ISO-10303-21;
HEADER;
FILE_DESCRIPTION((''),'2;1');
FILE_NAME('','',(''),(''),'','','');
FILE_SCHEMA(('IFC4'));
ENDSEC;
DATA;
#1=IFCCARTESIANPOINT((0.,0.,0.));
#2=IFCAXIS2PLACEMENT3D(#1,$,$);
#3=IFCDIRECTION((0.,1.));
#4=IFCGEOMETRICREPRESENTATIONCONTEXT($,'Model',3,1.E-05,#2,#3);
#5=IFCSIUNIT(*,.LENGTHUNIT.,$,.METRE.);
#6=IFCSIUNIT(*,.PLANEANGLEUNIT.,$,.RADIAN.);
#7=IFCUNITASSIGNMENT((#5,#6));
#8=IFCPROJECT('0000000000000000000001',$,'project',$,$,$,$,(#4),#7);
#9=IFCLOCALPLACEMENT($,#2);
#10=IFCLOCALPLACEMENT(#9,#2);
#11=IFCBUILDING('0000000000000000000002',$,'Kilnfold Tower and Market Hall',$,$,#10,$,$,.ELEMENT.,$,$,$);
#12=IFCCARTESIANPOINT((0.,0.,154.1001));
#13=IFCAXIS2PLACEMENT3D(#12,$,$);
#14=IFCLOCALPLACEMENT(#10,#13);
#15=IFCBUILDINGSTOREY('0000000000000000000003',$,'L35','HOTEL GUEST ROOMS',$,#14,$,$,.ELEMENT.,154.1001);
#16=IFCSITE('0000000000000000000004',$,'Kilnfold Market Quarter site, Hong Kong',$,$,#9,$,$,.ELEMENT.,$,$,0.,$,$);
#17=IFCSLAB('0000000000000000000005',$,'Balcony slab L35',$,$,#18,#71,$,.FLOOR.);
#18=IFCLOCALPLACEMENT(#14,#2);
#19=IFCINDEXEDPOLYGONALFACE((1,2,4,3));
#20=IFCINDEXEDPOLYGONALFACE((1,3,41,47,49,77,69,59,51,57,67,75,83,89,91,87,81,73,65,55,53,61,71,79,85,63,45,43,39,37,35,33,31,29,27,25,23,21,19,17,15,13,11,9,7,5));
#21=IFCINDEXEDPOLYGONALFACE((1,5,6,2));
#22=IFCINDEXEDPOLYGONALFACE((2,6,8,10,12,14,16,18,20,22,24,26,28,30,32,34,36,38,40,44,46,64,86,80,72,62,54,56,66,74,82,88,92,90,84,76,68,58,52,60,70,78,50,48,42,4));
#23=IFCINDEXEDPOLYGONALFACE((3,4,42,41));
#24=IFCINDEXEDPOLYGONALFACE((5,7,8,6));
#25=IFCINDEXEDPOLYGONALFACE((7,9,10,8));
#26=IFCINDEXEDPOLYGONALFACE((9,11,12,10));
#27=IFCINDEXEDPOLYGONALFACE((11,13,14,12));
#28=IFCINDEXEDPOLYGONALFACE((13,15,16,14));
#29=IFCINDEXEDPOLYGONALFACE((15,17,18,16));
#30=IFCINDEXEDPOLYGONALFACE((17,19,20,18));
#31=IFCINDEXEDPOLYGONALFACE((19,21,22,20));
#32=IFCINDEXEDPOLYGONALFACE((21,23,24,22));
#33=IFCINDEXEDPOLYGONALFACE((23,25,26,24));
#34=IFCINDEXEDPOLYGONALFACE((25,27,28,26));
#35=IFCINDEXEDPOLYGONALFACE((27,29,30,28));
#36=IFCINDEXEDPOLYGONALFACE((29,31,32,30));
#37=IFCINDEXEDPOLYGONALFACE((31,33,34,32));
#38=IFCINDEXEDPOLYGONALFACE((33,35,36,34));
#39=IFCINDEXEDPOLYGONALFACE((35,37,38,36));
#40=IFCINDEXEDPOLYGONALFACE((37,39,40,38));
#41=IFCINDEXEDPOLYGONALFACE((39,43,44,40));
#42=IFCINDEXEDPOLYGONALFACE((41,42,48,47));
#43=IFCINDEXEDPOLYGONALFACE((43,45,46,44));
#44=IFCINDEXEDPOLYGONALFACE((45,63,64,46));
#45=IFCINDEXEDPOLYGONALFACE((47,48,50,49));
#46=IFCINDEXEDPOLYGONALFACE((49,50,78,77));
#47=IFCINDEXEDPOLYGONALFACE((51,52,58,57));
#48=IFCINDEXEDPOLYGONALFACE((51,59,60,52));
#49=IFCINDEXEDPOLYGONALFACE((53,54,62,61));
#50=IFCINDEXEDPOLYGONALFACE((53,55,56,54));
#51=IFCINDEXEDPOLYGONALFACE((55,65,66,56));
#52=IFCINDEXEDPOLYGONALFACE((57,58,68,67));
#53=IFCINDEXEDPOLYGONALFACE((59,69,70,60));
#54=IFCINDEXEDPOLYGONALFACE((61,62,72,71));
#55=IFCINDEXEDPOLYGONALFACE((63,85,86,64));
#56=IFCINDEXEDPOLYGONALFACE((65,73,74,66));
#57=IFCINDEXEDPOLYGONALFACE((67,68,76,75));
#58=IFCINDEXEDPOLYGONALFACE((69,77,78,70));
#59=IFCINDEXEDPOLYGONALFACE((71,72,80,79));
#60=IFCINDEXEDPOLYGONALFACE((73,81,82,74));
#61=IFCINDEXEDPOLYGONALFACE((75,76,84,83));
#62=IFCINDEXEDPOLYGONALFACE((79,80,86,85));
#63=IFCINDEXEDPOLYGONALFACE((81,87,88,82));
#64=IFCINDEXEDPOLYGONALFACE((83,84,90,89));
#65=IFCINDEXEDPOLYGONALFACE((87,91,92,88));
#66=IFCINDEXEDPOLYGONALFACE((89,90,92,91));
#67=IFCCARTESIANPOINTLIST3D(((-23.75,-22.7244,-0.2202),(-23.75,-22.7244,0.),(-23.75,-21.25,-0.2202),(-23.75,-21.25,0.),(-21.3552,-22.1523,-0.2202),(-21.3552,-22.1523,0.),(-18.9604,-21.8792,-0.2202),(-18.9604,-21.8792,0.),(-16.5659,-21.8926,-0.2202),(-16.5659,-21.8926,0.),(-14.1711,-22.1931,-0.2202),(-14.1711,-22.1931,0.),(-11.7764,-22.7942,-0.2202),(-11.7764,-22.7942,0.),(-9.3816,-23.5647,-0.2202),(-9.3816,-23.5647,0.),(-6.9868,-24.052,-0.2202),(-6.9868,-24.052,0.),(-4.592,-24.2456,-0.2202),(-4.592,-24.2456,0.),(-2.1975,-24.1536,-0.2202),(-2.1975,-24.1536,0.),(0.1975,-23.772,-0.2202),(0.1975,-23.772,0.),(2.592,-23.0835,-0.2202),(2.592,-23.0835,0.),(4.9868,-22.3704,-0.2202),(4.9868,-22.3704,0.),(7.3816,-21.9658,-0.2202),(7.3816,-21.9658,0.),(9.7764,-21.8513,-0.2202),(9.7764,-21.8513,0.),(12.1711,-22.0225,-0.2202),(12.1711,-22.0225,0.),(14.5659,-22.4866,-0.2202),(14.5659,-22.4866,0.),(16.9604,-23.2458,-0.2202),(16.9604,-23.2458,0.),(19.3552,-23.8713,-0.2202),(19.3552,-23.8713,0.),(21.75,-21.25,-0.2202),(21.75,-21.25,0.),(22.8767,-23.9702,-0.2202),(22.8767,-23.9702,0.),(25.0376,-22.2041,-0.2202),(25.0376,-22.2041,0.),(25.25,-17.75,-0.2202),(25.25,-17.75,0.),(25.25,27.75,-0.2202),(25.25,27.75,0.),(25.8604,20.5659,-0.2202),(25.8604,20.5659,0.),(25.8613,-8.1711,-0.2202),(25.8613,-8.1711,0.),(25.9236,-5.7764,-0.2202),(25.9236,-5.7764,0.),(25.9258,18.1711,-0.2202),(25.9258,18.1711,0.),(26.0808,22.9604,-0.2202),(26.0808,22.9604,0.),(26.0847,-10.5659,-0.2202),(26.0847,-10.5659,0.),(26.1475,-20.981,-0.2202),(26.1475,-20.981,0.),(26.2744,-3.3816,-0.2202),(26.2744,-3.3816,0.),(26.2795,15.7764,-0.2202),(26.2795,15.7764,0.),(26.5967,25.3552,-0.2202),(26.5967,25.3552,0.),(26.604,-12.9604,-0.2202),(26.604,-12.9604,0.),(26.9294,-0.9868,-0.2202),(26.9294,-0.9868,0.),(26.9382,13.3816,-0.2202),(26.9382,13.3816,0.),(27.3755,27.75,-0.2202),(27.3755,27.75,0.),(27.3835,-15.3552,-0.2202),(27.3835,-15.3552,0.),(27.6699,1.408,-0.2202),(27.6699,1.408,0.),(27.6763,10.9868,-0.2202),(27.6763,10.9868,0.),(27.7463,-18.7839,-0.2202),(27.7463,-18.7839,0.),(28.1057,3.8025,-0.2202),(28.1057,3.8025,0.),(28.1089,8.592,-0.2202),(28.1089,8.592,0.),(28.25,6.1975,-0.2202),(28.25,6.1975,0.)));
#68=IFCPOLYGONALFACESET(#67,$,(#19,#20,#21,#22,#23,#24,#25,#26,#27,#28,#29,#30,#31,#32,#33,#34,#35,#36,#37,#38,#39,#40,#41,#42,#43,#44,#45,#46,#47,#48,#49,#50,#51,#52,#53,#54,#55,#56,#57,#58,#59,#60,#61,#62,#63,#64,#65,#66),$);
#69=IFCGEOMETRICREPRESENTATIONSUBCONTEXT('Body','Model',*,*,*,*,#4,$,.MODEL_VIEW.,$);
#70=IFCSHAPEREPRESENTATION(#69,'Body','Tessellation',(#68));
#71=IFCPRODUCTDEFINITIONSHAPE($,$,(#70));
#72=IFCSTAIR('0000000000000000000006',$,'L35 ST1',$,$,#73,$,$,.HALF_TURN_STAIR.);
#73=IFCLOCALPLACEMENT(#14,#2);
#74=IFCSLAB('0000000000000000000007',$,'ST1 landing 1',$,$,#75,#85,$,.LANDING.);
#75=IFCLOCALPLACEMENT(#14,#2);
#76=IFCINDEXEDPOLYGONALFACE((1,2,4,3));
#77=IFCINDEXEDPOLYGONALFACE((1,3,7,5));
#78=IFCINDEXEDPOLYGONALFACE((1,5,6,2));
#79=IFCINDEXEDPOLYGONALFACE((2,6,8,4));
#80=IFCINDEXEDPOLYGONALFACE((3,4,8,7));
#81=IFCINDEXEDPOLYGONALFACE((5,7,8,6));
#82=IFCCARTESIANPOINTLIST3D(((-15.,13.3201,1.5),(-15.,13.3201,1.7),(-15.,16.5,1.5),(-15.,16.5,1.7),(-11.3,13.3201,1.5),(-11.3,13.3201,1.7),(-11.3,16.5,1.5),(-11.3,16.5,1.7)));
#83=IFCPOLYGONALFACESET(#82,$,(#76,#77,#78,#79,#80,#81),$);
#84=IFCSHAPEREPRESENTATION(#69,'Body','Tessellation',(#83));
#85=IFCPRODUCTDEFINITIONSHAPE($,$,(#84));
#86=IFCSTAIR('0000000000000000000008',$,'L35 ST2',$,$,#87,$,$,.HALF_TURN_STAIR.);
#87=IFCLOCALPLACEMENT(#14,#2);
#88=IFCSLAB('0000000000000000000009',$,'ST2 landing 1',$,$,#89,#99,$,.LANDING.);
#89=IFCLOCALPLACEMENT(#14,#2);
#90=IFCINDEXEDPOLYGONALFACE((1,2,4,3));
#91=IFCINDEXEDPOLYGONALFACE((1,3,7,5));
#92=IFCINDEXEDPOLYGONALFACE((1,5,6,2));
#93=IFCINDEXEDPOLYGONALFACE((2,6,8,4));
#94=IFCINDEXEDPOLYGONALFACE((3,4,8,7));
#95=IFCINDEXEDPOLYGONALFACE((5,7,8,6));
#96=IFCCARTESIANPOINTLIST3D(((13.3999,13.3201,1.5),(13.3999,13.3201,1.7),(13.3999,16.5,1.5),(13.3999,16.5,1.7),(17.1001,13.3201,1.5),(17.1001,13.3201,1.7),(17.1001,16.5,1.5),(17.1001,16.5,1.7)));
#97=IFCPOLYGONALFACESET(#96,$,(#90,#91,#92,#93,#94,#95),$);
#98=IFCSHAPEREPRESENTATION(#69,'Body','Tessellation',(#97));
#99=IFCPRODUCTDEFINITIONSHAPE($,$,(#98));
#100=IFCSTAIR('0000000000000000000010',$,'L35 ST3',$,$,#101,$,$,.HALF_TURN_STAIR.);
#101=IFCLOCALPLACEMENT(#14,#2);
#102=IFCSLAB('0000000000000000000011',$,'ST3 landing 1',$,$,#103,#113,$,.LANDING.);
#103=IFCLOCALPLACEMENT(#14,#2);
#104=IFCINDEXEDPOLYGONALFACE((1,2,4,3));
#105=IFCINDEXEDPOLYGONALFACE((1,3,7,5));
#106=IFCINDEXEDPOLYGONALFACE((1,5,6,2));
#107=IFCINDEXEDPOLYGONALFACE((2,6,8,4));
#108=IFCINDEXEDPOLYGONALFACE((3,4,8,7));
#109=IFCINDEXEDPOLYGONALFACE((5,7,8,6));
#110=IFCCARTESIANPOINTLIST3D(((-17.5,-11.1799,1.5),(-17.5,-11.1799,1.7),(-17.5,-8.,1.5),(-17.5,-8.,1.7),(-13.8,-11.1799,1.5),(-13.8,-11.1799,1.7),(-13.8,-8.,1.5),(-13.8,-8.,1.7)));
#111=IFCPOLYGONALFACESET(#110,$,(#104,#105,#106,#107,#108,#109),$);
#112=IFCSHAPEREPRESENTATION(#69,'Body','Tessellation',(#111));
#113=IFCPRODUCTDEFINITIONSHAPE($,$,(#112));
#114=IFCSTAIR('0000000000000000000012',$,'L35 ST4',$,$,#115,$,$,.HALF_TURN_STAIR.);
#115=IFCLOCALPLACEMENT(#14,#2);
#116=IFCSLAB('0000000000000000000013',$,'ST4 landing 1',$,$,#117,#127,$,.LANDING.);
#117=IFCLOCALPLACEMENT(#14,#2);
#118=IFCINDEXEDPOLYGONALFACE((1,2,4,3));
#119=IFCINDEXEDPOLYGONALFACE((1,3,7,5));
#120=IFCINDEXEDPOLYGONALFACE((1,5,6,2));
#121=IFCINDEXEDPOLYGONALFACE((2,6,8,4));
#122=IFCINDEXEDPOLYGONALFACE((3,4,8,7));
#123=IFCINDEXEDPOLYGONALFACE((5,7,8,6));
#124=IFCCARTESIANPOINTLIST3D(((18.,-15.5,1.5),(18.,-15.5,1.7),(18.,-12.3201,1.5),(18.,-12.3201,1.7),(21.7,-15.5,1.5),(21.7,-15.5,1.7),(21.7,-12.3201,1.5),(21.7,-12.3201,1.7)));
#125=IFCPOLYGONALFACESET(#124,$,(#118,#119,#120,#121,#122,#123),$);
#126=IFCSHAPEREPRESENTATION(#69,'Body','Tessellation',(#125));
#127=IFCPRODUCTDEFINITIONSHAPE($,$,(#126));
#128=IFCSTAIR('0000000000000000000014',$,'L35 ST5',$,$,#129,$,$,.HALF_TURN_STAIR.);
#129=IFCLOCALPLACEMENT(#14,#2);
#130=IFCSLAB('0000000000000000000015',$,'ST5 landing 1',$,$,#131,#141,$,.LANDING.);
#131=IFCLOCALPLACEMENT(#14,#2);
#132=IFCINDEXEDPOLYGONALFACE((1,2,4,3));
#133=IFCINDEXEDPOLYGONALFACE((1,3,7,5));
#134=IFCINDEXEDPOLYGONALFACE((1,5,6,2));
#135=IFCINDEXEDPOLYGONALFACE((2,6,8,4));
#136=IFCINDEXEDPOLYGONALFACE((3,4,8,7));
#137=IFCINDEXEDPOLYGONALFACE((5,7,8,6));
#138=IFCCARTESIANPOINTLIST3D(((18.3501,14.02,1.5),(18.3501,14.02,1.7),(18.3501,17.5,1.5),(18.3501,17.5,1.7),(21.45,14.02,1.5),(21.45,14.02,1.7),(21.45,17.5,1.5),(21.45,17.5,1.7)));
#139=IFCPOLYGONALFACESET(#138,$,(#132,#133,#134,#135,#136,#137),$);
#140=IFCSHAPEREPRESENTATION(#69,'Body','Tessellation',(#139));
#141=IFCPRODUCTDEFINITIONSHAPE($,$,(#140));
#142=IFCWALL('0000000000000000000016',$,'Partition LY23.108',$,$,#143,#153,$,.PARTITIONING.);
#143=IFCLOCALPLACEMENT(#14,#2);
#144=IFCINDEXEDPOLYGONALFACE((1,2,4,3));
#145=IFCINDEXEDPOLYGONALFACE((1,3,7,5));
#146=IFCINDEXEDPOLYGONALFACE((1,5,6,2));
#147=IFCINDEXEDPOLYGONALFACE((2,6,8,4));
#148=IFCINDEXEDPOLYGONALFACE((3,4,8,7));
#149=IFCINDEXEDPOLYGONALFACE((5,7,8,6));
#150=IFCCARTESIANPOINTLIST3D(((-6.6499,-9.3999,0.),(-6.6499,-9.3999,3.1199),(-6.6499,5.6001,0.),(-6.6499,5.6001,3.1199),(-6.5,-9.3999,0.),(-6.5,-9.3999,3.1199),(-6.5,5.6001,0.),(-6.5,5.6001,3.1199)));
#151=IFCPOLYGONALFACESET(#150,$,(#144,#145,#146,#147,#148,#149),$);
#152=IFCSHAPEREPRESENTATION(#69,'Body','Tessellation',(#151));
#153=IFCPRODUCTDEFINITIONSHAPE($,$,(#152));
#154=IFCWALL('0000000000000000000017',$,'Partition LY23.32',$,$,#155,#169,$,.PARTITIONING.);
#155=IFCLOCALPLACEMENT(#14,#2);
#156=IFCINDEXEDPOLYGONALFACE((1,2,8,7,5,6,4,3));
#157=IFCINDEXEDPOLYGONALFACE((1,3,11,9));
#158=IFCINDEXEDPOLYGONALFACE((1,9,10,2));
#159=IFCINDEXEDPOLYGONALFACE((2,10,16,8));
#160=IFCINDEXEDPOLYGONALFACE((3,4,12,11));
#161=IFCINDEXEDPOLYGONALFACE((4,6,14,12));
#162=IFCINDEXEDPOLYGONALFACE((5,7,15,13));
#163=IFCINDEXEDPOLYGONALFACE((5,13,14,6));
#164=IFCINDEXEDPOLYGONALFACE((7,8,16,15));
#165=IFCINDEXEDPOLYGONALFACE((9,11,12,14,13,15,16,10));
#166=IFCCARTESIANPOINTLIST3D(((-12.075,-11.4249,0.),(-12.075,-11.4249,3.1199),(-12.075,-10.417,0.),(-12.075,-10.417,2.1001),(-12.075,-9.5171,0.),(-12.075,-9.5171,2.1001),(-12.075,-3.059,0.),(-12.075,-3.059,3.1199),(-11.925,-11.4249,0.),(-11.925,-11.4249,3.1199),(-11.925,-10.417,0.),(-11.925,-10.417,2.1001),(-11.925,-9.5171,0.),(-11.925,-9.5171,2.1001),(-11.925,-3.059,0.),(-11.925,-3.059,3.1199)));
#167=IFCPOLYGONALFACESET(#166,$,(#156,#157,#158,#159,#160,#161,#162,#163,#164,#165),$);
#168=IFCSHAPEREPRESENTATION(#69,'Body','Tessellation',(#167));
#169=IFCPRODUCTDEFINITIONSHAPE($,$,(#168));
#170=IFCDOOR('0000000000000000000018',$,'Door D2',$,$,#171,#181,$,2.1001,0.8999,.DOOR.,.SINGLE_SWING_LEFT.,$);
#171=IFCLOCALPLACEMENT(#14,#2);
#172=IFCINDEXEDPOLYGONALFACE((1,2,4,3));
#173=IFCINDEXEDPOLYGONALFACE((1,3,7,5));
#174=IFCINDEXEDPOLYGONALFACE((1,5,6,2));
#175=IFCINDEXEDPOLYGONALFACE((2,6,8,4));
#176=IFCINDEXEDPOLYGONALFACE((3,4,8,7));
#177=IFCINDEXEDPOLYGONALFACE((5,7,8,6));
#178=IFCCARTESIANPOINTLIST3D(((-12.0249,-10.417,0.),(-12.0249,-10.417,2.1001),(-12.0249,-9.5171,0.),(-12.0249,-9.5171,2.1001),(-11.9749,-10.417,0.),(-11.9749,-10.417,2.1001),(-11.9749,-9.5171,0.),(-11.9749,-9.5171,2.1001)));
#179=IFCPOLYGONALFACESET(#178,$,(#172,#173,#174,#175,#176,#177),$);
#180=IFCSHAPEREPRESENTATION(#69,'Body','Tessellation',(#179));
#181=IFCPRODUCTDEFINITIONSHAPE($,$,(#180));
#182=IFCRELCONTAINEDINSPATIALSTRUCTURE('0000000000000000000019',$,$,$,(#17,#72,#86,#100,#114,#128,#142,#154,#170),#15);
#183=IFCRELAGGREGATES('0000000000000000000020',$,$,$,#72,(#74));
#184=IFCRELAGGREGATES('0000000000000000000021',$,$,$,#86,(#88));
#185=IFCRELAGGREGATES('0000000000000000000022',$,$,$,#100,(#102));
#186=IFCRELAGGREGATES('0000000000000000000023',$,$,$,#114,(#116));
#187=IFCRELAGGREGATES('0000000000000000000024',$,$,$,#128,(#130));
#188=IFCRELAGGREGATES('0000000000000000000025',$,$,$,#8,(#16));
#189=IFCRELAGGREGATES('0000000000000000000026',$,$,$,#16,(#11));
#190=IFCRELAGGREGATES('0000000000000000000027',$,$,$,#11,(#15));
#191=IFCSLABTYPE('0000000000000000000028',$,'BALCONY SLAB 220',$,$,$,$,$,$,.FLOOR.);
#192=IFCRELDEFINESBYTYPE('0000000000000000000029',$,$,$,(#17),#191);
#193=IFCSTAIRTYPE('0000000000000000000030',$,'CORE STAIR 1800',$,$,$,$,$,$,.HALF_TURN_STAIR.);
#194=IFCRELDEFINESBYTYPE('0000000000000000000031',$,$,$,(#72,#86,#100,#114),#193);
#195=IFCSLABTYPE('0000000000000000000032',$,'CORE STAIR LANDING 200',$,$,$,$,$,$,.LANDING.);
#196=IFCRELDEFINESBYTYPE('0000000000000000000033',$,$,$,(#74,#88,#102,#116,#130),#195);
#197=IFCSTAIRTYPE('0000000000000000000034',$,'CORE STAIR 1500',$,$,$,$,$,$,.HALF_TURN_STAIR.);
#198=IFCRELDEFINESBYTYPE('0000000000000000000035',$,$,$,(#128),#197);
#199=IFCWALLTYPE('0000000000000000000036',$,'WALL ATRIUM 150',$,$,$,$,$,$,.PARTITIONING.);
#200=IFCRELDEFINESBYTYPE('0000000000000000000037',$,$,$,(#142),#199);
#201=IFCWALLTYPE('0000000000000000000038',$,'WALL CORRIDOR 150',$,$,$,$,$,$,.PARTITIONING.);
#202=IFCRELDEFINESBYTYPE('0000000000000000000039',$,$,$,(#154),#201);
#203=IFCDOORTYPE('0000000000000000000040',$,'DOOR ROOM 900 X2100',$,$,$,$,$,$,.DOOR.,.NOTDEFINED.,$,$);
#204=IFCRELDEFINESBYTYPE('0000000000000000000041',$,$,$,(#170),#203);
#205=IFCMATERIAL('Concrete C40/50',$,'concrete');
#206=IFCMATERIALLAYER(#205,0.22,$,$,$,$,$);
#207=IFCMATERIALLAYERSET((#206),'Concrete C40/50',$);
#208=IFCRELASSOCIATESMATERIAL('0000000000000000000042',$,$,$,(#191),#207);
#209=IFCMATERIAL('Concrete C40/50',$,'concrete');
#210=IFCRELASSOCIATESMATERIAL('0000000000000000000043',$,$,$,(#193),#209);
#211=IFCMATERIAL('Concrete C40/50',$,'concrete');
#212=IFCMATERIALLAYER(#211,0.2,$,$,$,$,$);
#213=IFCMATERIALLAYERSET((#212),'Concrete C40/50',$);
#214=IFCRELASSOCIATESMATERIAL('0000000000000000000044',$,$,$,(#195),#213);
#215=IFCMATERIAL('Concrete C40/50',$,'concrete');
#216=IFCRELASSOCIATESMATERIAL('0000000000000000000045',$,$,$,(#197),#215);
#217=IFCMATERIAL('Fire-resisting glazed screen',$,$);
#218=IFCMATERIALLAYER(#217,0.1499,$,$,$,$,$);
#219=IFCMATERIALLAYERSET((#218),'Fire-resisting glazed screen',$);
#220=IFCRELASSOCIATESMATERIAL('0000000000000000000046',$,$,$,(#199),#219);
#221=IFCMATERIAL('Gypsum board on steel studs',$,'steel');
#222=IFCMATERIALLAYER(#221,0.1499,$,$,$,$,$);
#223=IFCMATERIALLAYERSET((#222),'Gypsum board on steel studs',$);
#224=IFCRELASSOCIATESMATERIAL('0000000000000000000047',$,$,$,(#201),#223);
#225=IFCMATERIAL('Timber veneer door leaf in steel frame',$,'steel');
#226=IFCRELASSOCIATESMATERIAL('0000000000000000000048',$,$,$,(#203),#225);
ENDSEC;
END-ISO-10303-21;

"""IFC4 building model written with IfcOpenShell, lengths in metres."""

from ifc_helpers import new_model, si_unit, direction, frame, frame_2d, origin, place, context, subcontext, project, spatial, polyline, rectangle, outline, extrude, source, transform, mapped, material, layer, layer_set, type_object, element, fill, aggregate, save


model = new_model("IFC4")

# Units and contexts
model_context = context("Model", 3, precision=1e-05, world=origin(), true_north=direction((0.0, 1.0)))
body_context = subcontext(model_context, "Body", "Model", "MODEL_VIEW")
ifc_project = project(units=[si_unit("LENGTHUNIT", "METRE"), si_unit("PLANEANGLEUNIT", "RADIAN")], contexts=[model_context])

# Site, building, storey
site_placement = place(None, origin())
site = spatial("IfcSite", under=ifc_project, at=site_placement, Name="Kilnfold Market Quarter site, Hong Kong", CompositionType="ELEMENT", RefElevation=0.0)
building_placement = place(site_placement, origin())
building = spatial("IfcBuilding", under=site, at=building_placement, Name="Kilnfold Tower and Market Hall", CompositionType="ELEMENT")
storey_placement = place(building_placement, frame((0.0, 0.0, 154.1001)))
storey = spatial("IfcBuildingStorey", under=building, at=storey_placement, Name="L35", Description="HOTEL GUEST ROOMS", CompositionType="ELEMENT", Elevation=154.1001)

# Slab
ifc_material_1 = material(Name="Concrete C40/50", Category="concrete")
ifc_layer_1 = layer(ifc_material_1, 0.22)
ifc_layer_set_1 = layer_set([ifc_layer_1], Name="Concrete C40/50")
slab_type_1 = type_object("IfcSlabType", Name="BALCONY SLAB 220", PredefinedType="FLOOR", material=ifc_layer_set_1)
shared_shape_1 = source(origin(), body_context, "Body", "SweptSolid", [
    extrude(outline(polyline([(-23.75, -21.25), (21.75, -21.25), (25.25, -17.75), (25.25, 27.75), (27.3755, 27.75), (26.5967, 25.3552), (26.0808, 22.9604), (25.8604, 20.5659), (25.9258, 18.1711), (26.2795, 15.7764), (26.9382, 13.3816), (27.6763, 10.9868), (28.1089, 8.592), (28.25, 6.1975), (28.1057, 3.8025), (27.6699, 1.408), (26.9294, -0.9868), (26.2744, -3.3816), (25.9236, -5.7764), (25.8613, -8.1711), (26.0847, -10.5659), (26.604, -12.9604), (27.3835, -15.3552), (27.7463, -18.7839), (26.1475, -20.981), (25.0376, -22.2041), (22.8767, -23.9702), (19.3552, -23.8713), (16.9604, -23.2458), (14.5659, -22.4866), (12.1711, -22.0225), (9.7764, -21.8513), (7.3816, -21.9658), (4.9868, -22.3704), (2.592, -23.0835), (0.1975, -23.772), (-2.1975, -24.1536), (-4.592, -24.2456), (-6.9868, -24.052), (-9.3816, -23.5647), (-11.7764, -22.7942), (-14.1711, -22.1931), (-16.5659, -21.8926), (-18.9604, -21.8792), (-21.3552, -22.1523), (-23.75, -22.7244), (-23.75, -21.25)])), origin(), (0.0, 0.0, 1.0), 0.2202),
])
slab_1_placement = place(storey_placement, frame((0.0, 0.0, -0.2202)))
element("IfcSlab", 1, at=slab_1_placement, inside=storey, type_object=slab_type_1, Name="Balcony slab L35", PredefinedType="FLOOR", context=body_context, shape_type="MappedRepresentation", body=[
    mapped(shared_shape_1, transform((0.0, 0.0, 0.0))),
])

# Stairs, slabs
ifc_material_2 = material(Name="Concrete C40/50", Category="concrete")
stair_type_1 = type_object("IfcStairType", Name="CORE STAIR 1800", PredefinedType="HALF_TURN_STAIR", material=ifc_material_2)
stair_1_placement = place(storey_placement, origin())
stair_1 = element("IfcStair", 2, at=stair_1_placement, inside=storey, type_object=stair_type_1, Name="L35 ST1", PredefinedType="HALF_TURN_STAIR")
ifc_material_3 = material(Name="Concrete C40/50", Category="concrete")
ifc_layer_2 = layer(ifc_material_3, 0.2)
ifc_layer_set_2 = layer_set([ifc_layer_2], Name="Concrete C40/50")
slab_type_2 = type_object("IfcSlabType", Name="CORE STAIR LANDING 200", PredefinedType="LANDING", material=ifc_layer_set_2)
shared_shape_2 = source(origin(), body_context, "Body", "SweptSolid", [
    extrude(outline(polyline([(-11.3, 13.3201), (-11.3, 16.5), (-15.0, 16.5), (-15.0, 13.3201), (-11.3, 13.3201)])), origin(), (0.0, 0.0, 1.0), 0.2),
])
slab_2_placement = place(storey_placement, frame((0.0, 0.0, 1.5)))
slab_2 = element("IfcSlab", 3, at=slab_2_placement, type_object=slab_type_2, Name="ST1 landing 1", PredefinedType="LANDING", context=body_context, shape_type="MappedRepresentation", body=[
    mapped(shared_shape_2, transform((0.0, 0.0, 0.0))),
])
aggregate(stair_1, [slab_2])
stair_2_placement = place(storey_placement, origin())
stair_2 = element("IfcStair", 4, at=stair_2_placement, inside=storey, type_object=stair_type_1, Name="L35 ST2", PredefinedType="HALF_TURN_STAIR")
shared_shape_3 = source(origin(), body_context, "Body", "SweptSolid", [
    extrude(outline(polyline([(17.1001, 13.3201), (17.1001, 16.5), (13.3999, 16.5), (13.3999, 13.3201), (17.1001, 13.3201)])), origin(), (0.0, 0.0, 1.0), 0.2),
])
slab_3_placement = place(storey_placement, frame((0.0, 0.0, 1.5)))
slab_3 = element("IfcSlab", 5, at=slab_3_placement, type_object=slab_type_2, Name="ST2 landing 1", PredefinedType="LANDING", context=body_context, shape_type="MappedRepresentation", body=[
    mapped(shared_shape_3, transform((0.0, 0.0, 0.0))),
])
aggregate(stair_2, [slab_3])
stair_3_placement = place(storey_placement, origin())
stair_3 = element("IfcStair", 6, at=stair_3_placement, inside=storey, type_object=stair_type_1, Name="L35 ST3", PredefinedType="HALF_TURN_STAIR")
shared_shape_4 = source(origin(), body_context, "Body", "SweptSolid", [
    extrude(outline(polyline([(-13.8, -11.1799), (-13.8, -8.0), (-17.5, -8.0), (-17.5, -11.1799), (-13.8, -11.1799)])), origin(), (0.0, 0.0, 1.0), 0.2),
])
slab_4_placement = place(storey_placement, frame((0.0, 0.0, 1.5)))
slab_4 = element("IfcSlab", 7, at=slab_4_placement, type_object=slab_type_2, Name="ST3 landing 1", PredefinedType="LANDING", context=body_context, shape_type="MappedRepresentation", body=[
    mapped(shared_shape_4, transform((0.0, 0.0, 0.0))),
])
aggregate(stair_3, [slab_4])
stair_4_placement = place(storey_placement, origin())
stair_4 = element("IfcStair", 8, at=stair_4_placement, inside=storey, type_object=stair_type_1, Name="L35 ST4", PredefinedType="HALF_TURN_STAIR")
shared_shape_5 = source(origin(), body_context, "Body", "SweptSolid", [
    extrude(outline(polyline([(18.0, -12.3201), (18.0, -15.5), (21.7, -15.5), (21.7, -12.3201), (18.0, -12.3201)])), origin(), (0.0, 0.0, 1.0), 0.2),
])
slab_5_placement = place(storey_placement, frame((0.0, 0.0, 1.5)))
slab_5 = element("IfcSlab", 9, at=slab_5_placement, type_object=slab_type_2, Name="ST4 landing 1", PredefinedType="LANDING", context=body_context, shape_type="MappedRepresentation", body=[
    mapped(shared_shape_5, transform((0.0, 0.0, 0.0))),
])
aggregate(stair_4, [slab_5])
ifc_material_4 = material(Name="Concrete C40/50", Category="concrete")
stair_type_2 = type_object("IfcStairType", Name="CORE STAIR 1500", PredefinedType="HALF_TURN_STAIR", material=ifc_material_4)
stair_5_placement = place(storey_placement, origin())
stair_5 = element("IfcStair", 10, at=stair_5_placement, inside=storey, type_object=stair_type_2, Name="L35 ST5", PredefinedType="HALF_TURN_STAIR")
shared_shape_6 = source(origin(), body_context, "Body", "SweptSolid", [
    extrude(outline(polyline([(21.45, 14.02), (21.45, 17.5), (18.3501, 17.5), (18.3501, 14.02), (21.45, 14.02)])), origin(), (0.0, 0.0, 1.0), 0.2),
])
slab_6_placement = place(storey_placement, frame((0.0, 0.0, 1.5)))
slab_6 = element("IfcSlab", 11, at=slab_6_placement, type_object=slab_type_2, Name="ST5 landing 1", PredefinedType="LANDING", context=body_context, shape_type="MappedRepresentation", body=[
    mapped(shared_shape_6, transform((0.0, 0.0, 0.0))),
])
aggregate(stair_5, [slab_6])

# Wall
ifc_material_5 = material(Name="Fire-resisting glazed screen")
ifc_layer_3 = layer(ifc_material_5, 0.1499)
ifc_layer_set_3 = layer_set([ifc_layer_3], Name="Fire-resisting glazed screen")
wall_type_1 = type_object("IfcWallType", Name="WALL ATRIUM 150", PredefinedType="PARTITIONING", material=ifc_layer_set_3)
wall_1_placement = place(storey_placement, frame((-6.575, -9.3999, 0.0), z_axis=(0.0, 0.0, 1.0), x_axis=(0.0, 1.0, 0.0)))
element("IfcWall", 12, at=wall_1_placement, inside=storey, type_object=wall_type_1, Name="Partition LY23.108", PredefinedType="PARTITIONING", context=body_context, shape_type="SweptSolid", body=[
    extrude(rectangle(XDim=15.0, YDim=0.1499, at=frame_2d((7.5, 0.0))), origin(), (0.0, 0.0, 1.0), 3.1199),
])

# Wall, opening, door
ifc_material_6 = material(Name="Gypsum board on steel studs", Category="steel")
ifc_layer_4 = layer(ifc_material_6, 0.1499)
ifc_layer_set_4 = layer_set([ifc_layer_4], Name="Gypsum board on steel studs")
wall_type_2 = type_object("IfcWallType", Name="WALL CORRIDOR 150", PredefinedType="PARTITIONING", material=ifc_layer_set_4)
wall_2_placement = place(storey_placement, frame((-12.0, -11.425, 0.0), z_axis=(0.0, 0.0, 1.0), x_axis=(0.0, 1.0, 0.0)))
wall_2 = element("IfcWall", 13, at=wall_2_placement, inside=storey, type_object=wall_type_2, Name="Partition LY23.32", PredefinedType="PARTITIONING", context=body_context, shape_type="SweptSolid", body=[
    extrude(rectangle(XDim=8.366, YDim=0.1499, at=frame_2d((4.1831, 0.0))), origin(), (0.0, 0.0, 1.0), 3.1199),
])
opening_1_placement = place(wall_2_placement, frame((1.0081, 0.0, 0.0)))
opening_1 = element("IfcOpeningElement", 14, at=opening_1_placement, cuts=wall_2, PredefinedType="OPENING", context=body_context, shape_type="SweptSolid", body=[
    extrude(rectangle(XDim=0.8999, YDim=2.1001, at=frame_2d((0.45, 1.05))), frame((0.0, 0.085, 0.0), z_axis=(0.0, -1.0, 0.0), x_axis=(1.0, 0.0, 0.0)), (0.0, 0.0, 1.0), 0.1699),
])
ifc_material_7 = material(Name="Timber veneer door leaf in steel frame", Category="steel")
door_type = type_object("IfcDoorType", Name="DOOR ROOM 900 X2100", OperationType="NOTDEFINED", PredefinedType="DOOR", material=ifc_material_7)
door_1_placement = place(opening_1_placement, origin())
door_1 = element("IfcDoor", 15, at=door_1_placement, inside=storey, type_object=door_type, Name="Door D2", OperationType="SINGLE_SWING_LEFT", OverallHeight=2.1001, OverallWidth=0.8999, PredefinedType="DOOR", context=body_context, shape_type="SweptSolid", body=[
    extrude(rectangle(XDim=0.8999, YDim=2.1001, at=frame_2d((0.45, 1.05))), frame((0.0, 0.0249, 0.0), z_axis=(0.0, -1.0, 0.0), x_axis=(1.0, 0.0, 0.0)), (0.0, 0.0, 1.0), 0.05),
])
fill(opening_1, door_1)

save(model, "model.ifc")
